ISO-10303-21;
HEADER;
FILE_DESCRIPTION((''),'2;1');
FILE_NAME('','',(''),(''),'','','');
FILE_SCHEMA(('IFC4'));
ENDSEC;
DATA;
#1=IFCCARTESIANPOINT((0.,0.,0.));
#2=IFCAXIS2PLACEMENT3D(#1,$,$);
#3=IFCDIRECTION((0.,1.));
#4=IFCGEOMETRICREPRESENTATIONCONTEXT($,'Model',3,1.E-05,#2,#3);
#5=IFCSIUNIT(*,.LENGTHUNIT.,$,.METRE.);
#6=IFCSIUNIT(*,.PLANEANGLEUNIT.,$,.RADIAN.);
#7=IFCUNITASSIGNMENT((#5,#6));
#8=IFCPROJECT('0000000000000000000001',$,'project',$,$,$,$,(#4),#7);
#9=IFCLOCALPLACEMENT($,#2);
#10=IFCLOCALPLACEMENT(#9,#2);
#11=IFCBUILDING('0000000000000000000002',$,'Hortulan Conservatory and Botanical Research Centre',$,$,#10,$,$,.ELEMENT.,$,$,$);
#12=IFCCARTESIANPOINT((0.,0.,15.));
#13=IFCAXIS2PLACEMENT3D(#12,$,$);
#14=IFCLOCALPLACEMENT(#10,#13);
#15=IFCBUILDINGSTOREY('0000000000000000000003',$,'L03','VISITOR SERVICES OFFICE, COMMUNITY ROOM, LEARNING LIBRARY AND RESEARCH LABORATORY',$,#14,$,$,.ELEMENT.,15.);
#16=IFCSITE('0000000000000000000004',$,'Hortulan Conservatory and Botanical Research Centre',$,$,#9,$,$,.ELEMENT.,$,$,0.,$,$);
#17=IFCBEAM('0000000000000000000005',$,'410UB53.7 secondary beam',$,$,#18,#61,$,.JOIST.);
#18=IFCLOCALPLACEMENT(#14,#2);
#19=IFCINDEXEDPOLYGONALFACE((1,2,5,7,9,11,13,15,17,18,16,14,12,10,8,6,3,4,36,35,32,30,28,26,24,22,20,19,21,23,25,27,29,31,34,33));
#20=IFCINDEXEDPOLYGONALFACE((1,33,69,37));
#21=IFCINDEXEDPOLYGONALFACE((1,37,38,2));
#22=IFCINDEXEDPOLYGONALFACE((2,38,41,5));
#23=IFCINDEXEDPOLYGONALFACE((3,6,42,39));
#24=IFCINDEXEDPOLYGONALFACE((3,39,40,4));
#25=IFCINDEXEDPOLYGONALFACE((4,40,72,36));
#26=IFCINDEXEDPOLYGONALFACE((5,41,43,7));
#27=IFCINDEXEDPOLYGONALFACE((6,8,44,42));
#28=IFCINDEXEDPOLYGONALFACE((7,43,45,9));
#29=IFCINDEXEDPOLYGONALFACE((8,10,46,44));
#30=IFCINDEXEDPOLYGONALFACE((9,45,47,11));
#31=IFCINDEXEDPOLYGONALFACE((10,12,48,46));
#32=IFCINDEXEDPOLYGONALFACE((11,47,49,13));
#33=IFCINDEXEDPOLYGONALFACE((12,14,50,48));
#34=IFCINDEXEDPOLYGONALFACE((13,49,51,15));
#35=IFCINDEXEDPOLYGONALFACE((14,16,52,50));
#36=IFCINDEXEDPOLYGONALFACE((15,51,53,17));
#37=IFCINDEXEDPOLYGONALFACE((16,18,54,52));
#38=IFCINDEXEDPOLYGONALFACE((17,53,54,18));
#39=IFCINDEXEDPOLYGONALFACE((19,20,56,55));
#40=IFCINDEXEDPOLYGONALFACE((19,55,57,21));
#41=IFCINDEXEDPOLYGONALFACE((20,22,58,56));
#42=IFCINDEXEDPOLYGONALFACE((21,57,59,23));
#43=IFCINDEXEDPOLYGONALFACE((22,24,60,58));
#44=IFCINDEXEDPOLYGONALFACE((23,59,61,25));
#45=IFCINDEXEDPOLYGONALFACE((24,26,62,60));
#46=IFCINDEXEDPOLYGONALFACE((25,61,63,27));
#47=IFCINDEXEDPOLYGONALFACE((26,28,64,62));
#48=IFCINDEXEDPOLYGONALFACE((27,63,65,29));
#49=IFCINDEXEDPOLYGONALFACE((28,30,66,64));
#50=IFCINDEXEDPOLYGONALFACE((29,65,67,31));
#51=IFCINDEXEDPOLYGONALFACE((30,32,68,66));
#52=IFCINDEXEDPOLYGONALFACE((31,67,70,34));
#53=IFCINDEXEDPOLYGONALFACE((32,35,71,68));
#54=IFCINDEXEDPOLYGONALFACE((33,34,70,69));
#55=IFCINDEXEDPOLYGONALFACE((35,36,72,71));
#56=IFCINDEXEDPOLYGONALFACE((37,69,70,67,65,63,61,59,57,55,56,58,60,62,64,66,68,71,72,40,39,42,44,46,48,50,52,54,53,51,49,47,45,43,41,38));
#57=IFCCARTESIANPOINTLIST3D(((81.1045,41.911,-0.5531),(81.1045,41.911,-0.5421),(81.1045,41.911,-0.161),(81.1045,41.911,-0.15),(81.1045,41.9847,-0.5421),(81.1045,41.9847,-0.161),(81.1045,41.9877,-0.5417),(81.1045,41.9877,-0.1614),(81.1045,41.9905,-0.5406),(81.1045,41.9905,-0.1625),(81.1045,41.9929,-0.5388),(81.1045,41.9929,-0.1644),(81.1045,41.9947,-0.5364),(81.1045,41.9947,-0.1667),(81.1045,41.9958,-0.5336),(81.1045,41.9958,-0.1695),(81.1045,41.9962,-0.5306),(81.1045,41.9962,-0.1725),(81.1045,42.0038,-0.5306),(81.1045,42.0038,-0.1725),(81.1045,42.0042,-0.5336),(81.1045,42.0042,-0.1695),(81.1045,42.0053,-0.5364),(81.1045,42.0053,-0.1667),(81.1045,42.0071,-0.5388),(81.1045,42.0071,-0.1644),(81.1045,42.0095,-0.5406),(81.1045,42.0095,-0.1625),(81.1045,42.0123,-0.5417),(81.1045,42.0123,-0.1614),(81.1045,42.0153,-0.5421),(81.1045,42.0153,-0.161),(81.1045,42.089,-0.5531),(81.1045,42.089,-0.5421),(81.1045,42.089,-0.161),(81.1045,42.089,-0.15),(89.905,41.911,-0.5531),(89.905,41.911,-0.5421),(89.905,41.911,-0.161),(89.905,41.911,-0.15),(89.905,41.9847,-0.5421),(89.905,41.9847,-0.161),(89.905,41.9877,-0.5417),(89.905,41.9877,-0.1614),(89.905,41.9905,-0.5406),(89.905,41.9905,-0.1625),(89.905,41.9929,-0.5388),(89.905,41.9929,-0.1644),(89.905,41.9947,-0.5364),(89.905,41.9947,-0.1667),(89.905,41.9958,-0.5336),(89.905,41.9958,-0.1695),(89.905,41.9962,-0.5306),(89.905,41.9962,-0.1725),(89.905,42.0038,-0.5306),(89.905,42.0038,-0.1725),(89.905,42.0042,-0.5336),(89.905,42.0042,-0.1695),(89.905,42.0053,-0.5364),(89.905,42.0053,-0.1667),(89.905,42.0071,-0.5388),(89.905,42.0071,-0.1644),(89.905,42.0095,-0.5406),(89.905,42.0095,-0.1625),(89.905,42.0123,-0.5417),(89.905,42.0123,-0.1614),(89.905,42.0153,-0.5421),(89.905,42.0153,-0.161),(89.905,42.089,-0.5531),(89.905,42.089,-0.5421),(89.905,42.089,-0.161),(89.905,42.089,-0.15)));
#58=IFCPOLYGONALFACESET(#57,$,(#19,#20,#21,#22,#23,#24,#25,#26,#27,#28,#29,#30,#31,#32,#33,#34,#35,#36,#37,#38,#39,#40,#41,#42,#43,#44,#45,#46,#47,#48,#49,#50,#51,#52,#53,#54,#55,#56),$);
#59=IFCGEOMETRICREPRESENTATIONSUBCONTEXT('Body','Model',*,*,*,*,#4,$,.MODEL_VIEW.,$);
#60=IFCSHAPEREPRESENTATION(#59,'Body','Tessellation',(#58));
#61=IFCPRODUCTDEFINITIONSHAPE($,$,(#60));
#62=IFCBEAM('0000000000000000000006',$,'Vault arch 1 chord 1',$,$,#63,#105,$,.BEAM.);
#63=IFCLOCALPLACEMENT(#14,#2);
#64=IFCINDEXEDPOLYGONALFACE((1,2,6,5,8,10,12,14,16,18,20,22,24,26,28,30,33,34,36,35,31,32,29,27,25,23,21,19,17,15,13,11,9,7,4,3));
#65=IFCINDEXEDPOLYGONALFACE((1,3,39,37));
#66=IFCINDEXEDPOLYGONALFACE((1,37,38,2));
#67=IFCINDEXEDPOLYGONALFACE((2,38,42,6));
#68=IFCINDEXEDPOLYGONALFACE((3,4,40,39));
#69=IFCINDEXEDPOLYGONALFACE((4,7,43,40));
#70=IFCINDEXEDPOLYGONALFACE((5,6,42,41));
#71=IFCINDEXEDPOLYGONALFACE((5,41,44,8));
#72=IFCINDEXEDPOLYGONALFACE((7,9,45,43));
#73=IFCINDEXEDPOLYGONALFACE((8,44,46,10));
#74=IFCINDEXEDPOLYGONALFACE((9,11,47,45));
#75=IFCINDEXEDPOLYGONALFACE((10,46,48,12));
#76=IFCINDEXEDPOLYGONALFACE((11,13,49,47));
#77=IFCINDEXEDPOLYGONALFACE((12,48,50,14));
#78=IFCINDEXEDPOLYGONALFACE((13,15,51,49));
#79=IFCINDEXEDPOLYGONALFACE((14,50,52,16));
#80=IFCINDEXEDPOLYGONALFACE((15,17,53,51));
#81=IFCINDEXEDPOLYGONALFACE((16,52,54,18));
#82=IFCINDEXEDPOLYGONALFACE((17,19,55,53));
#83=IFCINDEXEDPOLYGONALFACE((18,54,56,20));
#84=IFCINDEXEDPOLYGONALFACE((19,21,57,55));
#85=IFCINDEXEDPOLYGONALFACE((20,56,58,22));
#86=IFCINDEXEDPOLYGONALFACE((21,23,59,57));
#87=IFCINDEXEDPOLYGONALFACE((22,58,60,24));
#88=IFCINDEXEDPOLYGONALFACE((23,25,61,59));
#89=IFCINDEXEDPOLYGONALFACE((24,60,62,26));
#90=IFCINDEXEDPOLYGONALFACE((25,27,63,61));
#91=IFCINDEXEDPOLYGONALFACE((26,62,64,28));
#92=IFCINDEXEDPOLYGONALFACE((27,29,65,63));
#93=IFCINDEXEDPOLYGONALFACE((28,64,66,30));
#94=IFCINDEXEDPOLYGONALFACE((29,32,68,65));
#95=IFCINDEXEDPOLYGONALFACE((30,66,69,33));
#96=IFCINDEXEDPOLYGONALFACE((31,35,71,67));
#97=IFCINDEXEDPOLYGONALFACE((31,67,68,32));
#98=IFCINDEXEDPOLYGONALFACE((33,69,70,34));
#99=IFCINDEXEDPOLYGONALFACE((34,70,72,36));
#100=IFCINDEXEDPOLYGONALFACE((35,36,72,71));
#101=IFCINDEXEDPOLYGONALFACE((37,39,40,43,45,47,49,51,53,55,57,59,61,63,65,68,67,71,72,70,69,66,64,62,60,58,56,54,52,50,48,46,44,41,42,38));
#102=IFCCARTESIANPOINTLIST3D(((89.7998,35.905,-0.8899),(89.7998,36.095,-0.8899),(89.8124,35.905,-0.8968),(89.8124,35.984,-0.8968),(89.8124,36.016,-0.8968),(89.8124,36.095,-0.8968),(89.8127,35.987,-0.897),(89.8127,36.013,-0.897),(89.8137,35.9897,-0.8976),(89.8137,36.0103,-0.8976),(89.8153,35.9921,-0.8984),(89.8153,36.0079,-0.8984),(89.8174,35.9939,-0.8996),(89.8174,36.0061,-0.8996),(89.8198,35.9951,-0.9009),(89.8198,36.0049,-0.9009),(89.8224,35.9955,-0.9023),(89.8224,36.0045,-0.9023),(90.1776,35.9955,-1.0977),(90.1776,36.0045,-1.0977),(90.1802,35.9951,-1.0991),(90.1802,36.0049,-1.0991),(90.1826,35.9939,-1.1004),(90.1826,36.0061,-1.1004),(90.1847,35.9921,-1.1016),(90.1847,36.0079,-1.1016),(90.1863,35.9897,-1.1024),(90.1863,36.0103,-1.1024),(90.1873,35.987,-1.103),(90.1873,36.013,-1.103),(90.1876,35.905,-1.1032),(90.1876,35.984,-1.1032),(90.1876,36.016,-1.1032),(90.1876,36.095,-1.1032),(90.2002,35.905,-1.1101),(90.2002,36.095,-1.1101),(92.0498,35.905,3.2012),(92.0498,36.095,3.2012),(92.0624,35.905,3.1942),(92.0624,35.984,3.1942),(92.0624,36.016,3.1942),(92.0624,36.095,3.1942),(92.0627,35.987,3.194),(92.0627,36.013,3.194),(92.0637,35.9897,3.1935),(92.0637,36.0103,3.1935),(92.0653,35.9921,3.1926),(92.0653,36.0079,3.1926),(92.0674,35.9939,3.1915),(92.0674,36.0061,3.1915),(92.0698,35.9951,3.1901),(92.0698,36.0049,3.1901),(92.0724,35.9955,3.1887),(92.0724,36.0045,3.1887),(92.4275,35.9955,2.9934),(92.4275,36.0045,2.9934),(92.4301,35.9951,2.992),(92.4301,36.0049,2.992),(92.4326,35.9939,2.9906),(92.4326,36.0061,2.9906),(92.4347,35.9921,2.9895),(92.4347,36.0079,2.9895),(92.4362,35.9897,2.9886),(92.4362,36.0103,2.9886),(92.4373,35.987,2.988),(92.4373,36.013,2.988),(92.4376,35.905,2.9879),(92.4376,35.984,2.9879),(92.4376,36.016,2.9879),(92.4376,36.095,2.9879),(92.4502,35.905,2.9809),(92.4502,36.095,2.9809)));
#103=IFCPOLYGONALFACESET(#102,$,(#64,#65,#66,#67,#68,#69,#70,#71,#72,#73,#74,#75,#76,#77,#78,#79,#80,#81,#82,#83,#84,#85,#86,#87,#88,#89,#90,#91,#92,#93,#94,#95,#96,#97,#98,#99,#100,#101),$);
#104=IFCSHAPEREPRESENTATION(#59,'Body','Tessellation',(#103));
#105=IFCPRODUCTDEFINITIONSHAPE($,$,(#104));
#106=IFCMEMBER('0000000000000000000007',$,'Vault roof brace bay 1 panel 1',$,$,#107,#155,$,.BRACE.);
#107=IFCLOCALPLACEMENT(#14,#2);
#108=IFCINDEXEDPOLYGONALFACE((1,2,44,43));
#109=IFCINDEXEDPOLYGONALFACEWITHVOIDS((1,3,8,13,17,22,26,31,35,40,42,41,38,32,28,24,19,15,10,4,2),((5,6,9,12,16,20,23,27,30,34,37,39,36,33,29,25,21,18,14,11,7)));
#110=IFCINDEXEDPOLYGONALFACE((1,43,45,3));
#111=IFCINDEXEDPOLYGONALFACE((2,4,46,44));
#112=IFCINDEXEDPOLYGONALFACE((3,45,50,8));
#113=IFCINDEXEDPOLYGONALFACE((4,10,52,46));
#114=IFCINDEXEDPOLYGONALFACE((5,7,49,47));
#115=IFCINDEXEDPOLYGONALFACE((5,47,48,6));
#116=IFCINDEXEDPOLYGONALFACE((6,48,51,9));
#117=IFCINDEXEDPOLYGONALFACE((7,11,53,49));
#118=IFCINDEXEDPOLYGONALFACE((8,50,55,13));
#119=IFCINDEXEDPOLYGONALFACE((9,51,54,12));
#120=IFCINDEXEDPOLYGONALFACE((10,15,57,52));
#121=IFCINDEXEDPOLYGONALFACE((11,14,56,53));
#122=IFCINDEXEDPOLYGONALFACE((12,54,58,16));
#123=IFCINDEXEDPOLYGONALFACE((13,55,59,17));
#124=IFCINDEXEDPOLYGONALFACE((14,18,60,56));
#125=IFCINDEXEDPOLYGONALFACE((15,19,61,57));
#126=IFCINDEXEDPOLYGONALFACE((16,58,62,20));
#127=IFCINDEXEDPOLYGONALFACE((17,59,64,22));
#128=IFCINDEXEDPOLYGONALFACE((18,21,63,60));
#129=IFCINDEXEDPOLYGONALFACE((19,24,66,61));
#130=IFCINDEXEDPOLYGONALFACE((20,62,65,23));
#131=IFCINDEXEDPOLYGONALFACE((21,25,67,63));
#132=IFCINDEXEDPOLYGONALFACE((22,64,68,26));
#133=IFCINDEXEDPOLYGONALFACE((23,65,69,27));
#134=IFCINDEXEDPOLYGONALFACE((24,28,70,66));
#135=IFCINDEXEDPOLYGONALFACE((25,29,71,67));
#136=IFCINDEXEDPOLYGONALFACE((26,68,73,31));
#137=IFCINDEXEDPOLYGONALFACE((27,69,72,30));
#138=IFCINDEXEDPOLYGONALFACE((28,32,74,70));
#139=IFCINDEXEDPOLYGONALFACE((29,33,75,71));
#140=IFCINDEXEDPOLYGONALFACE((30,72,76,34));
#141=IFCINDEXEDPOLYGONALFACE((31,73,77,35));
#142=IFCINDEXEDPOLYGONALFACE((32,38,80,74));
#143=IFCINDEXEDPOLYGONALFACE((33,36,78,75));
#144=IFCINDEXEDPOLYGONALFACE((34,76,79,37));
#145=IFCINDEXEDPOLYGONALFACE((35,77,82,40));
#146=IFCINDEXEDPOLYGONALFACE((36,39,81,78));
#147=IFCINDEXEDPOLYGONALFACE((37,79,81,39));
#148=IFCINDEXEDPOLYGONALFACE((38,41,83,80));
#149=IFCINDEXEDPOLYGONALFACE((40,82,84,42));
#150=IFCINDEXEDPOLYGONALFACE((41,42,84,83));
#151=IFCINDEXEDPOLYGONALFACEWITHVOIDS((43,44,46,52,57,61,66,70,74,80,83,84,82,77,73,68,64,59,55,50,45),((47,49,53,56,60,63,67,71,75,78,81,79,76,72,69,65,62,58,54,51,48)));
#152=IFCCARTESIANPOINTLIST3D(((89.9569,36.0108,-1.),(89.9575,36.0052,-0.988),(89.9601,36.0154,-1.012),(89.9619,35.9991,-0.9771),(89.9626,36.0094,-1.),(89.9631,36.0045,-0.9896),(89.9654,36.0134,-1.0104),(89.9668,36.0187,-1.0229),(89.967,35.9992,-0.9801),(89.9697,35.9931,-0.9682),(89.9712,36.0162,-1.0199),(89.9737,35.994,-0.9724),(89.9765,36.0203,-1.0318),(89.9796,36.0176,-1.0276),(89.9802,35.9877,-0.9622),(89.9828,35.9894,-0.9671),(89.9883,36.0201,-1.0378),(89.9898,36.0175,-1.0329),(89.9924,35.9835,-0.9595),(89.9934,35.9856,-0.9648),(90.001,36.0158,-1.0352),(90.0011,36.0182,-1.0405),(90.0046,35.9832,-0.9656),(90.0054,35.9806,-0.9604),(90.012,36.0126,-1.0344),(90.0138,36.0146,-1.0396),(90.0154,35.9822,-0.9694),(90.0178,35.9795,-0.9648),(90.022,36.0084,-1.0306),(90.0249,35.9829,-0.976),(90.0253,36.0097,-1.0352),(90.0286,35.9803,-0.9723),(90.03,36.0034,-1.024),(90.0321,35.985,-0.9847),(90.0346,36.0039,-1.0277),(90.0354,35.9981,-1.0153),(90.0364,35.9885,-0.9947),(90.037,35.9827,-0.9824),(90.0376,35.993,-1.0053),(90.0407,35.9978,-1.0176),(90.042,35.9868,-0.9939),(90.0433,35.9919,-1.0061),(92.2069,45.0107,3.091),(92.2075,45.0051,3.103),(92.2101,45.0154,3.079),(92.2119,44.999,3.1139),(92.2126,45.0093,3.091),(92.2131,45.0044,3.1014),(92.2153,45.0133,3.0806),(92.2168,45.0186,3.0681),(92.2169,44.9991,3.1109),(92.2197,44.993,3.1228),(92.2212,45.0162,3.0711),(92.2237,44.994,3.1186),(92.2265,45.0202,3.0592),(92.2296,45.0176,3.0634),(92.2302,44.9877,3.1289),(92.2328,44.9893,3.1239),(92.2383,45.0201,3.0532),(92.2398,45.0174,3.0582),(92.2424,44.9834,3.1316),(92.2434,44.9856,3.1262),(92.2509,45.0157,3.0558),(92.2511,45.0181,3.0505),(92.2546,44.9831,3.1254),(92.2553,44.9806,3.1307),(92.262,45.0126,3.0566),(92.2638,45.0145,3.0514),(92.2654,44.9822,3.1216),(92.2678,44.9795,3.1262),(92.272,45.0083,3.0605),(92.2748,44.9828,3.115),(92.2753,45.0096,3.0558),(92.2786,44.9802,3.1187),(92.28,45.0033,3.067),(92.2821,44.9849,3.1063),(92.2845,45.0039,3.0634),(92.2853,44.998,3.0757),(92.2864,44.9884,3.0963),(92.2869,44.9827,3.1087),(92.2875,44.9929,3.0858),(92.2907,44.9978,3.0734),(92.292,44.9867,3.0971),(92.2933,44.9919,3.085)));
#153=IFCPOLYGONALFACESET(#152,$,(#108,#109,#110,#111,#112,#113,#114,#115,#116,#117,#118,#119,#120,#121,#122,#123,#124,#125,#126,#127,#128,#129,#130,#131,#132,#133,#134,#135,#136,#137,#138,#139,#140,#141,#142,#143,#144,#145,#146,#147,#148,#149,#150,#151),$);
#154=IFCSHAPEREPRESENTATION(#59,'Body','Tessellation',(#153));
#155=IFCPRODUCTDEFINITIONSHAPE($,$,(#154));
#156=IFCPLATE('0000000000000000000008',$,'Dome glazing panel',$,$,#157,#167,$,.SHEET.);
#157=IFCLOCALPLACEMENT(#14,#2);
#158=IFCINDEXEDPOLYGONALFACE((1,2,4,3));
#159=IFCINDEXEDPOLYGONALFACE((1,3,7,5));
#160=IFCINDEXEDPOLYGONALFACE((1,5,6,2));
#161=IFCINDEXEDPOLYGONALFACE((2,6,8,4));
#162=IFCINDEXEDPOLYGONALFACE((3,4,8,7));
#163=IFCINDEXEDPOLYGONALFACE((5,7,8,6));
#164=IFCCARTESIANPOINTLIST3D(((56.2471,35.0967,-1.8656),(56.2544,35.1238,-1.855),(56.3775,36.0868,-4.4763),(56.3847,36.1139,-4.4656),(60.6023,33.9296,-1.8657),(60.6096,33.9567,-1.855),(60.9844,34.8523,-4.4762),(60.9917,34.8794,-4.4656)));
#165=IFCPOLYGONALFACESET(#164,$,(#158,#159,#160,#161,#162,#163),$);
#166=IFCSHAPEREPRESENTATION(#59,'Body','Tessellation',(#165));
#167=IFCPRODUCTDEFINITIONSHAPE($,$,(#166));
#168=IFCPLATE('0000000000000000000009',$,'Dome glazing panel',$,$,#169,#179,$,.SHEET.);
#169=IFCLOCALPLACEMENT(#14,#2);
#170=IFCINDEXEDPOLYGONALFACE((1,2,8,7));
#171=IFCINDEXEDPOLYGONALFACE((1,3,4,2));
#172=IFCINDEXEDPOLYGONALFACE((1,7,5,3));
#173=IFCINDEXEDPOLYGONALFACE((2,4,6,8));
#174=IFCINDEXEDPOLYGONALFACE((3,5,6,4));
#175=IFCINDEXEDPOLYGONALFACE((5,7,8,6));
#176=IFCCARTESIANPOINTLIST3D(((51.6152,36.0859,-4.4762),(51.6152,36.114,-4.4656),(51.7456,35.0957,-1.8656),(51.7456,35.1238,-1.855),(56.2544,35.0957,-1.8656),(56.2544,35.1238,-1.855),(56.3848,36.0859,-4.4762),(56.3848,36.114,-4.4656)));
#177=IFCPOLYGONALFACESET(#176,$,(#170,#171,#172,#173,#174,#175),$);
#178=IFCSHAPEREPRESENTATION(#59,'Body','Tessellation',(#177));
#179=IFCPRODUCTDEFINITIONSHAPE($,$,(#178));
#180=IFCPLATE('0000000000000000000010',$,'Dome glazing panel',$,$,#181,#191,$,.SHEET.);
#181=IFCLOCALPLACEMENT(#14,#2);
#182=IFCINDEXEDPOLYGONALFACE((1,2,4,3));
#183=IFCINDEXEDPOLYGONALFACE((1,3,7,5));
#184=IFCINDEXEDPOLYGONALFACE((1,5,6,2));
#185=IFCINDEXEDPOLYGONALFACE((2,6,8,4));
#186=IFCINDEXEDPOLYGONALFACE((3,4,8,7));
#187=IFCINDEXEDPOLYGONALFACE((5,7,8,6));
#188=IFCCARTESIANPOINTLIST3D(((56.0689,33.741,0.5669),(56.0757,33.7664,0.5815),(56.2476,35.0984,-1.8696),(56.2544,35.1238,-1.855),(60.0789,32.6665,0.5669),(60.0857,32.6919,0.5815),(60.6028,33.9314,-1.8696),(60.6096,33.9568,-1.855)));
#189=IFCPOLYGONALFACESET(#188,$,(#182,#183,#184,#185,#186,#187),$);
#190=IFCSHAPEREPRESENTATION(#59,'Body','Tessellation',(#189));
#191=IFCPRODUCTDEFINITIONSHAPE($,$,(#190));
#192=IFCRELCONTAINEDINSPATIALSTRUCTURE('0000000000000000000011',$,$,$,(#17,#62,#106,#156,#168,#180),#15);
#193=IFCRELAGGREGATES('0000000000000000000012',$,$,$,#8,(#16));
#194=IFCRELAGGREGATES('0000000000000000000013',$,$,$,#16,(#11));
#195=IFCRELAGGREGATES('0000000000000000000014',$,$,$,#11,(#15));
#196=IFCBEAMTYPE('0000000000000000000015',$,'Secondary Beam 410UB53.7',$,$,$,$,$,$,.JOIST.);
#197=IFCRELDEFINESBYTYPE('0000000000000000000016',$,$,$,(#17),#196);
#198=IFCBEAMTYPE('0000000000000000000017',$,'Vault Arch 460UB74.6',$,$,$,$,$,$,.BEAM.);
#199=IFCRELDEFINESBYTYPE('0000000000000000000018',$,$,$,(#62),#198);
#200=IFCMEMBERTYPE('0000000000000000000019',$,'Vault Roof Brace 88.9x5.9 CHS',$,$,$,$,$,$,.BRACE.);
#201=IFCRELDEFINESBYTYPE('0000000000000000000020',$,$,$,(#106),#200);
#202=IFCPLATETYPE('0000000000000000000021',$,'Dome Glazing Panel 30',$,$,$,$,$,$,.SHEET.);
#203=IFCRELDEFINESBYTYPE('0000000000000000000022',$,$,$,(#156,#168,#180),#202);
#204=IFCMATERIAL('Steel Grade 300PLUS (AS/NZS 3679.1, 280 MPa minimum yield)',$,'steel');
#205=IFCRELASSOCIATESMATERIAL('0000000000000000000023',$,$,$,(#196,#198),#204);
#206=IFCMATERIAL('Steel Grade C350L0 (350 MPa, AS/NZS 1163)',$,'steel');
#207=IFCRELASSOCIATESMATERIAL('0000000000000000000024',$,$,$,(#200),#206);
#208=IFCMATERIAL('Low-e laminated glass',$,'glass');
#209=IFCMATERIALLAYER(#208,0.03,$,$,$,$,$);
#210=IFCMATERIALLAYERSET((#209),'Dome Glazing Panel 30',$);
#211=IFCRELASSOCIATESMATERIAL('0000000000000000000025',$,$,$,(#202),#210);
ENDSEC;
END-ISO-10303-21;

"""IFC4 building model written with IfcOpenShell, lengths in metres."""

from ifc_helpers import new_model, si_unit, direction, frame, origin, origin_2d, place, context, subcontext, project, spatial, polyline, hollow_circle, i_section, outline, extrude, material, layer, layer_set, material_profile, profile_set, type_object, element, save


model = new_model("IFC4")

# Units and contexts
model_context = context("Model", 3, precision=1e-05, world=origin(), true_north=direction((0.0, 1.0)))
body_context = subcontext(model_context, "Body", "Model", "MODEL_VIEW")
ifc_project = project(units=[si_unit("LENGTHUNIT", "METRE"), si_unit("PLANEANGLEUNIT", "RADIAN")], contexts=[model_context])

# Site, building, storey
site_placement = place(None, origin())
site = spatial("IfcSite", under=ifc_project, at=site_placement, Name="Hortulan Conservatory and Botanical Research Centre", CompositionType="ELEMENT", RefElevation=0.0)
building_placement = place(site_placement, origin())
building = spatial("IfcBuilding", under=site, at=building_placement, Name="Hortulan Conservatory and Botanical Research Centre", CompositionType="ELEMENT")
storey_placement = place(building_placement, frame((0.0, 0.0, 15.0)))
storey = spatial("IfcBuildingStorey", under=building, at=storey_placement, Name="L03", Description="VISITOR SERVICES OFFICE, COMMUNITY ROOM, LEARNING LIBRARY AND RESEARCH LABORATORY", CompositionType="ELEMENT", Elevation=15.0)

# Shared definitions
ifc_material_1 = material(Name="Steel Grade 300PLUS (AS/NZS 3679.1, 280 MPa minimum yield)", Category="steel")

# Shared definitions
ifc_material_2 = material(Name="Steel Grade C350L0 (350 MPa, AS/NZS 1163)", Category="steel")

# Beams
ifc_material_profile_1 = material_profile(ifc_material_1, i_section(OverallWidth=0.178, OverallDepth=0.4031, WebThickness=0.0076, FlangeThickness=0.011, FilletRadius=0.0115, at=origin_2d()), Name="410UB53.7")
ifc_profile_set_1 = profile_set([ifc_material_profile_1], Name="Steel Grade 300PLUS (AS/NZS 3679.1, 280 MPa minimum yield)")
beam_type_1 = type_object("IfcBeamType", Name="Secondary Beam 410UB53.7", PredefinedType="JOIST", material=ifc_profile_set_1)
for number, where, z_axis, x_axis, name in (
    (1, (81.1045, 42.0, -0.3516), (1.0, 0.0, 0.0), (0.0, 1.0, 0.0), "410UB53.7 secondary beam"),
):
    element("IfcBeam", number, at=place(storey_placement, frame(where, z_axis=z_axis, x_axis=x_axis)), inside=storey, type_object=beam_type_1, Name=name, PredefinedType="JOIST", context=body_context, shape_type="SweptSolid", body=[
        extrude(i_section(OverallWidth=0.178, OverallDepth=0.4031, WebThickness=0.0076, FlangeThickness=0.011, FilletRadius=0.0115, at=origin_2d()), origin(), (0.0, 0.0, 1.0), 8.8005),
    ])
ifc_material_profile_2 = material_profile(ifc_material_1, i_section(OverallWidth=0.1899, OverallDepth=0.457, WebThickness=0.009, FlangeThickness=0.0144, FilletRadius=0.0115, at=origin_2d()), Name="460UB74.6")
ifc_profile_set_2 = profile_set([ifc_material_profile_2], Name="Steel Grade 300PLUS (AS/NZS 3679.1, 280 MPa minimum yield)")
beam_type_2 = type_object("IfcBeamType", Name="Vault Arch 460UB74.6", PredefinedType="BEAM", material=ifc_profile_set_2)
beam_1_placement = place(storey_placement, frame((90.0, 36.0, -1.0), z_axis=(0.481905, 0.0, 0.876224), x_axis=(0.0, 1.0, 0.0)))
element("IfcBeam", 2, at=beam_1_placement, inside=storey, type_object=beam_type_2, Name="Vault arch 1 chord 1", PredefinedType="BEAM", context=body_context, shape_type="SweptSolid", body=[
    extrude(i_section(OverallWidth=0.1899, OverallDepth=0.457, WebThickness=0.009, FlangeThickness=0.0144, FilletRadius=0.0115, at=origin_2d()), origin(), (0.0, 0.0, 1.0), 4.6689),
])

# Member
ifc_material_profile_3 = material_profile(ifc_material_2, hollow_circle(Radius=0.0444, WallThickness=0.0059, at=origin_2d()), Name="88.9x5.9CHS")
ifc_profile_set_3 = profile_set([ifc_material_profile_3], Name="Steel Grade C350L0 (350 MPa, AS/NZS 1163)")
member_type_1 = type_object("IfcMemberType", Name="Vault Roof Brace 88.9x5.9 CHS", PredefinedType="BRACE", material=ifc_profile_set_3)
member_1_placement = place(storey_placement, frame((90.0, 36.0, -1.0), z_axis=(0.221915, 0.887662, 0.403498), x_axis=(-0.970143, 0.242536, 0.0)))
element("IfcMember", 3, at=member_1_placement, inside=storey, type_object=member_type_1, Name="Vault roof brace bay 1 panel 1", PredefinedType="BRACE", context=body_context, shape_type="SweptSolid", body=[
    extrude(hollow_circle(Radius=0.0444, WallThickness=0.0059, at=origin_2d()), origin(), (0.0, 0.0, 1.0), 10.1389),
])

# Plates
ifc_material_3 = material(Name="Low-e laminated glass", Category="glass")
ifc_layer_1 = layer(ifc_material_3, 0.03)
ifc_layer_set_1 = layer_set([ifc_layer_1], Name="Dome Glazing Panel 30")
plate_type_1 = type_object("IfcPlateType", Name="Dome Glazing Panel 30", PredefinedType="SHEET", material=ifc_layer_set_1)
plate_1_placement = place(storey_placement, frame((60.9917, 34.8794, -4.4656), z_axis=(0.242017, 0.903142, 0.35463), x_axis=(-0.96592, 0.258842, -0.000006)))
element("IfcPlate", 4, at=plate_1_placement, inside=storey, type_object=plate_type_1, Name="Dome glazing panel", PredefinedType="SHEET", context=body_context, shape_type="SweptSolid", body=[
    extrude(outline(polyline([(0.0, 0.0), (4.7695, 0.0), (4.6391, 2.7921), (0.1302, 2.792), (0.0, 0.0)])), origin(), (0.0, 0.0, -1.0), 0.03),
])
plate_2_placement = place(storey_placement, frame((56.3848, 36.114, -4.4656), z_axis=(0.0, 0.934997, 0.354657), x_axis=(-1.0, 0.0, 0.0)))
element("IfcPlate", 5, at=plate_2_placement, inside=storey, type_object=plate_type_1, Name="Dome glazing panel", PredefinedType="SHEET", context=body_context, shape_type="SweptSolid", body=[
    extrude(outline(polyline([(0.0, 0.0), (4.7695, 0.0), (4.6392, 2.7921), (0.1304, 2.7921), (0.0, 0.0)])), origin(), (0.0, 0.0, -1.0), 0.03),
])
plate_3_placement = place(storey_placement, frame((60.6096, 33.9568, -1.855), z_axis=(0.226099, 0.843814, 0.486679), x_axis=(-0.965926, 0.258819, -0.000001)))
element("IfcPlate", 6, at=plate_3_placement, inside=storey, type_object=plate_type_1, Name="Dome glazing panel", PredefinedType="SHEET", context=body_context, shape_type="SweptSolid", body=[
    extrude(outline(polyline([(0.0, 0.0), (4.5089, 0.0), (4.3302, 2.7891), (0.1787, 2.7891), (0.0, 0.0)])), origin(), (0.0, 0.0, -1.0), 0.03),
])

save(model, "model.ifc")
